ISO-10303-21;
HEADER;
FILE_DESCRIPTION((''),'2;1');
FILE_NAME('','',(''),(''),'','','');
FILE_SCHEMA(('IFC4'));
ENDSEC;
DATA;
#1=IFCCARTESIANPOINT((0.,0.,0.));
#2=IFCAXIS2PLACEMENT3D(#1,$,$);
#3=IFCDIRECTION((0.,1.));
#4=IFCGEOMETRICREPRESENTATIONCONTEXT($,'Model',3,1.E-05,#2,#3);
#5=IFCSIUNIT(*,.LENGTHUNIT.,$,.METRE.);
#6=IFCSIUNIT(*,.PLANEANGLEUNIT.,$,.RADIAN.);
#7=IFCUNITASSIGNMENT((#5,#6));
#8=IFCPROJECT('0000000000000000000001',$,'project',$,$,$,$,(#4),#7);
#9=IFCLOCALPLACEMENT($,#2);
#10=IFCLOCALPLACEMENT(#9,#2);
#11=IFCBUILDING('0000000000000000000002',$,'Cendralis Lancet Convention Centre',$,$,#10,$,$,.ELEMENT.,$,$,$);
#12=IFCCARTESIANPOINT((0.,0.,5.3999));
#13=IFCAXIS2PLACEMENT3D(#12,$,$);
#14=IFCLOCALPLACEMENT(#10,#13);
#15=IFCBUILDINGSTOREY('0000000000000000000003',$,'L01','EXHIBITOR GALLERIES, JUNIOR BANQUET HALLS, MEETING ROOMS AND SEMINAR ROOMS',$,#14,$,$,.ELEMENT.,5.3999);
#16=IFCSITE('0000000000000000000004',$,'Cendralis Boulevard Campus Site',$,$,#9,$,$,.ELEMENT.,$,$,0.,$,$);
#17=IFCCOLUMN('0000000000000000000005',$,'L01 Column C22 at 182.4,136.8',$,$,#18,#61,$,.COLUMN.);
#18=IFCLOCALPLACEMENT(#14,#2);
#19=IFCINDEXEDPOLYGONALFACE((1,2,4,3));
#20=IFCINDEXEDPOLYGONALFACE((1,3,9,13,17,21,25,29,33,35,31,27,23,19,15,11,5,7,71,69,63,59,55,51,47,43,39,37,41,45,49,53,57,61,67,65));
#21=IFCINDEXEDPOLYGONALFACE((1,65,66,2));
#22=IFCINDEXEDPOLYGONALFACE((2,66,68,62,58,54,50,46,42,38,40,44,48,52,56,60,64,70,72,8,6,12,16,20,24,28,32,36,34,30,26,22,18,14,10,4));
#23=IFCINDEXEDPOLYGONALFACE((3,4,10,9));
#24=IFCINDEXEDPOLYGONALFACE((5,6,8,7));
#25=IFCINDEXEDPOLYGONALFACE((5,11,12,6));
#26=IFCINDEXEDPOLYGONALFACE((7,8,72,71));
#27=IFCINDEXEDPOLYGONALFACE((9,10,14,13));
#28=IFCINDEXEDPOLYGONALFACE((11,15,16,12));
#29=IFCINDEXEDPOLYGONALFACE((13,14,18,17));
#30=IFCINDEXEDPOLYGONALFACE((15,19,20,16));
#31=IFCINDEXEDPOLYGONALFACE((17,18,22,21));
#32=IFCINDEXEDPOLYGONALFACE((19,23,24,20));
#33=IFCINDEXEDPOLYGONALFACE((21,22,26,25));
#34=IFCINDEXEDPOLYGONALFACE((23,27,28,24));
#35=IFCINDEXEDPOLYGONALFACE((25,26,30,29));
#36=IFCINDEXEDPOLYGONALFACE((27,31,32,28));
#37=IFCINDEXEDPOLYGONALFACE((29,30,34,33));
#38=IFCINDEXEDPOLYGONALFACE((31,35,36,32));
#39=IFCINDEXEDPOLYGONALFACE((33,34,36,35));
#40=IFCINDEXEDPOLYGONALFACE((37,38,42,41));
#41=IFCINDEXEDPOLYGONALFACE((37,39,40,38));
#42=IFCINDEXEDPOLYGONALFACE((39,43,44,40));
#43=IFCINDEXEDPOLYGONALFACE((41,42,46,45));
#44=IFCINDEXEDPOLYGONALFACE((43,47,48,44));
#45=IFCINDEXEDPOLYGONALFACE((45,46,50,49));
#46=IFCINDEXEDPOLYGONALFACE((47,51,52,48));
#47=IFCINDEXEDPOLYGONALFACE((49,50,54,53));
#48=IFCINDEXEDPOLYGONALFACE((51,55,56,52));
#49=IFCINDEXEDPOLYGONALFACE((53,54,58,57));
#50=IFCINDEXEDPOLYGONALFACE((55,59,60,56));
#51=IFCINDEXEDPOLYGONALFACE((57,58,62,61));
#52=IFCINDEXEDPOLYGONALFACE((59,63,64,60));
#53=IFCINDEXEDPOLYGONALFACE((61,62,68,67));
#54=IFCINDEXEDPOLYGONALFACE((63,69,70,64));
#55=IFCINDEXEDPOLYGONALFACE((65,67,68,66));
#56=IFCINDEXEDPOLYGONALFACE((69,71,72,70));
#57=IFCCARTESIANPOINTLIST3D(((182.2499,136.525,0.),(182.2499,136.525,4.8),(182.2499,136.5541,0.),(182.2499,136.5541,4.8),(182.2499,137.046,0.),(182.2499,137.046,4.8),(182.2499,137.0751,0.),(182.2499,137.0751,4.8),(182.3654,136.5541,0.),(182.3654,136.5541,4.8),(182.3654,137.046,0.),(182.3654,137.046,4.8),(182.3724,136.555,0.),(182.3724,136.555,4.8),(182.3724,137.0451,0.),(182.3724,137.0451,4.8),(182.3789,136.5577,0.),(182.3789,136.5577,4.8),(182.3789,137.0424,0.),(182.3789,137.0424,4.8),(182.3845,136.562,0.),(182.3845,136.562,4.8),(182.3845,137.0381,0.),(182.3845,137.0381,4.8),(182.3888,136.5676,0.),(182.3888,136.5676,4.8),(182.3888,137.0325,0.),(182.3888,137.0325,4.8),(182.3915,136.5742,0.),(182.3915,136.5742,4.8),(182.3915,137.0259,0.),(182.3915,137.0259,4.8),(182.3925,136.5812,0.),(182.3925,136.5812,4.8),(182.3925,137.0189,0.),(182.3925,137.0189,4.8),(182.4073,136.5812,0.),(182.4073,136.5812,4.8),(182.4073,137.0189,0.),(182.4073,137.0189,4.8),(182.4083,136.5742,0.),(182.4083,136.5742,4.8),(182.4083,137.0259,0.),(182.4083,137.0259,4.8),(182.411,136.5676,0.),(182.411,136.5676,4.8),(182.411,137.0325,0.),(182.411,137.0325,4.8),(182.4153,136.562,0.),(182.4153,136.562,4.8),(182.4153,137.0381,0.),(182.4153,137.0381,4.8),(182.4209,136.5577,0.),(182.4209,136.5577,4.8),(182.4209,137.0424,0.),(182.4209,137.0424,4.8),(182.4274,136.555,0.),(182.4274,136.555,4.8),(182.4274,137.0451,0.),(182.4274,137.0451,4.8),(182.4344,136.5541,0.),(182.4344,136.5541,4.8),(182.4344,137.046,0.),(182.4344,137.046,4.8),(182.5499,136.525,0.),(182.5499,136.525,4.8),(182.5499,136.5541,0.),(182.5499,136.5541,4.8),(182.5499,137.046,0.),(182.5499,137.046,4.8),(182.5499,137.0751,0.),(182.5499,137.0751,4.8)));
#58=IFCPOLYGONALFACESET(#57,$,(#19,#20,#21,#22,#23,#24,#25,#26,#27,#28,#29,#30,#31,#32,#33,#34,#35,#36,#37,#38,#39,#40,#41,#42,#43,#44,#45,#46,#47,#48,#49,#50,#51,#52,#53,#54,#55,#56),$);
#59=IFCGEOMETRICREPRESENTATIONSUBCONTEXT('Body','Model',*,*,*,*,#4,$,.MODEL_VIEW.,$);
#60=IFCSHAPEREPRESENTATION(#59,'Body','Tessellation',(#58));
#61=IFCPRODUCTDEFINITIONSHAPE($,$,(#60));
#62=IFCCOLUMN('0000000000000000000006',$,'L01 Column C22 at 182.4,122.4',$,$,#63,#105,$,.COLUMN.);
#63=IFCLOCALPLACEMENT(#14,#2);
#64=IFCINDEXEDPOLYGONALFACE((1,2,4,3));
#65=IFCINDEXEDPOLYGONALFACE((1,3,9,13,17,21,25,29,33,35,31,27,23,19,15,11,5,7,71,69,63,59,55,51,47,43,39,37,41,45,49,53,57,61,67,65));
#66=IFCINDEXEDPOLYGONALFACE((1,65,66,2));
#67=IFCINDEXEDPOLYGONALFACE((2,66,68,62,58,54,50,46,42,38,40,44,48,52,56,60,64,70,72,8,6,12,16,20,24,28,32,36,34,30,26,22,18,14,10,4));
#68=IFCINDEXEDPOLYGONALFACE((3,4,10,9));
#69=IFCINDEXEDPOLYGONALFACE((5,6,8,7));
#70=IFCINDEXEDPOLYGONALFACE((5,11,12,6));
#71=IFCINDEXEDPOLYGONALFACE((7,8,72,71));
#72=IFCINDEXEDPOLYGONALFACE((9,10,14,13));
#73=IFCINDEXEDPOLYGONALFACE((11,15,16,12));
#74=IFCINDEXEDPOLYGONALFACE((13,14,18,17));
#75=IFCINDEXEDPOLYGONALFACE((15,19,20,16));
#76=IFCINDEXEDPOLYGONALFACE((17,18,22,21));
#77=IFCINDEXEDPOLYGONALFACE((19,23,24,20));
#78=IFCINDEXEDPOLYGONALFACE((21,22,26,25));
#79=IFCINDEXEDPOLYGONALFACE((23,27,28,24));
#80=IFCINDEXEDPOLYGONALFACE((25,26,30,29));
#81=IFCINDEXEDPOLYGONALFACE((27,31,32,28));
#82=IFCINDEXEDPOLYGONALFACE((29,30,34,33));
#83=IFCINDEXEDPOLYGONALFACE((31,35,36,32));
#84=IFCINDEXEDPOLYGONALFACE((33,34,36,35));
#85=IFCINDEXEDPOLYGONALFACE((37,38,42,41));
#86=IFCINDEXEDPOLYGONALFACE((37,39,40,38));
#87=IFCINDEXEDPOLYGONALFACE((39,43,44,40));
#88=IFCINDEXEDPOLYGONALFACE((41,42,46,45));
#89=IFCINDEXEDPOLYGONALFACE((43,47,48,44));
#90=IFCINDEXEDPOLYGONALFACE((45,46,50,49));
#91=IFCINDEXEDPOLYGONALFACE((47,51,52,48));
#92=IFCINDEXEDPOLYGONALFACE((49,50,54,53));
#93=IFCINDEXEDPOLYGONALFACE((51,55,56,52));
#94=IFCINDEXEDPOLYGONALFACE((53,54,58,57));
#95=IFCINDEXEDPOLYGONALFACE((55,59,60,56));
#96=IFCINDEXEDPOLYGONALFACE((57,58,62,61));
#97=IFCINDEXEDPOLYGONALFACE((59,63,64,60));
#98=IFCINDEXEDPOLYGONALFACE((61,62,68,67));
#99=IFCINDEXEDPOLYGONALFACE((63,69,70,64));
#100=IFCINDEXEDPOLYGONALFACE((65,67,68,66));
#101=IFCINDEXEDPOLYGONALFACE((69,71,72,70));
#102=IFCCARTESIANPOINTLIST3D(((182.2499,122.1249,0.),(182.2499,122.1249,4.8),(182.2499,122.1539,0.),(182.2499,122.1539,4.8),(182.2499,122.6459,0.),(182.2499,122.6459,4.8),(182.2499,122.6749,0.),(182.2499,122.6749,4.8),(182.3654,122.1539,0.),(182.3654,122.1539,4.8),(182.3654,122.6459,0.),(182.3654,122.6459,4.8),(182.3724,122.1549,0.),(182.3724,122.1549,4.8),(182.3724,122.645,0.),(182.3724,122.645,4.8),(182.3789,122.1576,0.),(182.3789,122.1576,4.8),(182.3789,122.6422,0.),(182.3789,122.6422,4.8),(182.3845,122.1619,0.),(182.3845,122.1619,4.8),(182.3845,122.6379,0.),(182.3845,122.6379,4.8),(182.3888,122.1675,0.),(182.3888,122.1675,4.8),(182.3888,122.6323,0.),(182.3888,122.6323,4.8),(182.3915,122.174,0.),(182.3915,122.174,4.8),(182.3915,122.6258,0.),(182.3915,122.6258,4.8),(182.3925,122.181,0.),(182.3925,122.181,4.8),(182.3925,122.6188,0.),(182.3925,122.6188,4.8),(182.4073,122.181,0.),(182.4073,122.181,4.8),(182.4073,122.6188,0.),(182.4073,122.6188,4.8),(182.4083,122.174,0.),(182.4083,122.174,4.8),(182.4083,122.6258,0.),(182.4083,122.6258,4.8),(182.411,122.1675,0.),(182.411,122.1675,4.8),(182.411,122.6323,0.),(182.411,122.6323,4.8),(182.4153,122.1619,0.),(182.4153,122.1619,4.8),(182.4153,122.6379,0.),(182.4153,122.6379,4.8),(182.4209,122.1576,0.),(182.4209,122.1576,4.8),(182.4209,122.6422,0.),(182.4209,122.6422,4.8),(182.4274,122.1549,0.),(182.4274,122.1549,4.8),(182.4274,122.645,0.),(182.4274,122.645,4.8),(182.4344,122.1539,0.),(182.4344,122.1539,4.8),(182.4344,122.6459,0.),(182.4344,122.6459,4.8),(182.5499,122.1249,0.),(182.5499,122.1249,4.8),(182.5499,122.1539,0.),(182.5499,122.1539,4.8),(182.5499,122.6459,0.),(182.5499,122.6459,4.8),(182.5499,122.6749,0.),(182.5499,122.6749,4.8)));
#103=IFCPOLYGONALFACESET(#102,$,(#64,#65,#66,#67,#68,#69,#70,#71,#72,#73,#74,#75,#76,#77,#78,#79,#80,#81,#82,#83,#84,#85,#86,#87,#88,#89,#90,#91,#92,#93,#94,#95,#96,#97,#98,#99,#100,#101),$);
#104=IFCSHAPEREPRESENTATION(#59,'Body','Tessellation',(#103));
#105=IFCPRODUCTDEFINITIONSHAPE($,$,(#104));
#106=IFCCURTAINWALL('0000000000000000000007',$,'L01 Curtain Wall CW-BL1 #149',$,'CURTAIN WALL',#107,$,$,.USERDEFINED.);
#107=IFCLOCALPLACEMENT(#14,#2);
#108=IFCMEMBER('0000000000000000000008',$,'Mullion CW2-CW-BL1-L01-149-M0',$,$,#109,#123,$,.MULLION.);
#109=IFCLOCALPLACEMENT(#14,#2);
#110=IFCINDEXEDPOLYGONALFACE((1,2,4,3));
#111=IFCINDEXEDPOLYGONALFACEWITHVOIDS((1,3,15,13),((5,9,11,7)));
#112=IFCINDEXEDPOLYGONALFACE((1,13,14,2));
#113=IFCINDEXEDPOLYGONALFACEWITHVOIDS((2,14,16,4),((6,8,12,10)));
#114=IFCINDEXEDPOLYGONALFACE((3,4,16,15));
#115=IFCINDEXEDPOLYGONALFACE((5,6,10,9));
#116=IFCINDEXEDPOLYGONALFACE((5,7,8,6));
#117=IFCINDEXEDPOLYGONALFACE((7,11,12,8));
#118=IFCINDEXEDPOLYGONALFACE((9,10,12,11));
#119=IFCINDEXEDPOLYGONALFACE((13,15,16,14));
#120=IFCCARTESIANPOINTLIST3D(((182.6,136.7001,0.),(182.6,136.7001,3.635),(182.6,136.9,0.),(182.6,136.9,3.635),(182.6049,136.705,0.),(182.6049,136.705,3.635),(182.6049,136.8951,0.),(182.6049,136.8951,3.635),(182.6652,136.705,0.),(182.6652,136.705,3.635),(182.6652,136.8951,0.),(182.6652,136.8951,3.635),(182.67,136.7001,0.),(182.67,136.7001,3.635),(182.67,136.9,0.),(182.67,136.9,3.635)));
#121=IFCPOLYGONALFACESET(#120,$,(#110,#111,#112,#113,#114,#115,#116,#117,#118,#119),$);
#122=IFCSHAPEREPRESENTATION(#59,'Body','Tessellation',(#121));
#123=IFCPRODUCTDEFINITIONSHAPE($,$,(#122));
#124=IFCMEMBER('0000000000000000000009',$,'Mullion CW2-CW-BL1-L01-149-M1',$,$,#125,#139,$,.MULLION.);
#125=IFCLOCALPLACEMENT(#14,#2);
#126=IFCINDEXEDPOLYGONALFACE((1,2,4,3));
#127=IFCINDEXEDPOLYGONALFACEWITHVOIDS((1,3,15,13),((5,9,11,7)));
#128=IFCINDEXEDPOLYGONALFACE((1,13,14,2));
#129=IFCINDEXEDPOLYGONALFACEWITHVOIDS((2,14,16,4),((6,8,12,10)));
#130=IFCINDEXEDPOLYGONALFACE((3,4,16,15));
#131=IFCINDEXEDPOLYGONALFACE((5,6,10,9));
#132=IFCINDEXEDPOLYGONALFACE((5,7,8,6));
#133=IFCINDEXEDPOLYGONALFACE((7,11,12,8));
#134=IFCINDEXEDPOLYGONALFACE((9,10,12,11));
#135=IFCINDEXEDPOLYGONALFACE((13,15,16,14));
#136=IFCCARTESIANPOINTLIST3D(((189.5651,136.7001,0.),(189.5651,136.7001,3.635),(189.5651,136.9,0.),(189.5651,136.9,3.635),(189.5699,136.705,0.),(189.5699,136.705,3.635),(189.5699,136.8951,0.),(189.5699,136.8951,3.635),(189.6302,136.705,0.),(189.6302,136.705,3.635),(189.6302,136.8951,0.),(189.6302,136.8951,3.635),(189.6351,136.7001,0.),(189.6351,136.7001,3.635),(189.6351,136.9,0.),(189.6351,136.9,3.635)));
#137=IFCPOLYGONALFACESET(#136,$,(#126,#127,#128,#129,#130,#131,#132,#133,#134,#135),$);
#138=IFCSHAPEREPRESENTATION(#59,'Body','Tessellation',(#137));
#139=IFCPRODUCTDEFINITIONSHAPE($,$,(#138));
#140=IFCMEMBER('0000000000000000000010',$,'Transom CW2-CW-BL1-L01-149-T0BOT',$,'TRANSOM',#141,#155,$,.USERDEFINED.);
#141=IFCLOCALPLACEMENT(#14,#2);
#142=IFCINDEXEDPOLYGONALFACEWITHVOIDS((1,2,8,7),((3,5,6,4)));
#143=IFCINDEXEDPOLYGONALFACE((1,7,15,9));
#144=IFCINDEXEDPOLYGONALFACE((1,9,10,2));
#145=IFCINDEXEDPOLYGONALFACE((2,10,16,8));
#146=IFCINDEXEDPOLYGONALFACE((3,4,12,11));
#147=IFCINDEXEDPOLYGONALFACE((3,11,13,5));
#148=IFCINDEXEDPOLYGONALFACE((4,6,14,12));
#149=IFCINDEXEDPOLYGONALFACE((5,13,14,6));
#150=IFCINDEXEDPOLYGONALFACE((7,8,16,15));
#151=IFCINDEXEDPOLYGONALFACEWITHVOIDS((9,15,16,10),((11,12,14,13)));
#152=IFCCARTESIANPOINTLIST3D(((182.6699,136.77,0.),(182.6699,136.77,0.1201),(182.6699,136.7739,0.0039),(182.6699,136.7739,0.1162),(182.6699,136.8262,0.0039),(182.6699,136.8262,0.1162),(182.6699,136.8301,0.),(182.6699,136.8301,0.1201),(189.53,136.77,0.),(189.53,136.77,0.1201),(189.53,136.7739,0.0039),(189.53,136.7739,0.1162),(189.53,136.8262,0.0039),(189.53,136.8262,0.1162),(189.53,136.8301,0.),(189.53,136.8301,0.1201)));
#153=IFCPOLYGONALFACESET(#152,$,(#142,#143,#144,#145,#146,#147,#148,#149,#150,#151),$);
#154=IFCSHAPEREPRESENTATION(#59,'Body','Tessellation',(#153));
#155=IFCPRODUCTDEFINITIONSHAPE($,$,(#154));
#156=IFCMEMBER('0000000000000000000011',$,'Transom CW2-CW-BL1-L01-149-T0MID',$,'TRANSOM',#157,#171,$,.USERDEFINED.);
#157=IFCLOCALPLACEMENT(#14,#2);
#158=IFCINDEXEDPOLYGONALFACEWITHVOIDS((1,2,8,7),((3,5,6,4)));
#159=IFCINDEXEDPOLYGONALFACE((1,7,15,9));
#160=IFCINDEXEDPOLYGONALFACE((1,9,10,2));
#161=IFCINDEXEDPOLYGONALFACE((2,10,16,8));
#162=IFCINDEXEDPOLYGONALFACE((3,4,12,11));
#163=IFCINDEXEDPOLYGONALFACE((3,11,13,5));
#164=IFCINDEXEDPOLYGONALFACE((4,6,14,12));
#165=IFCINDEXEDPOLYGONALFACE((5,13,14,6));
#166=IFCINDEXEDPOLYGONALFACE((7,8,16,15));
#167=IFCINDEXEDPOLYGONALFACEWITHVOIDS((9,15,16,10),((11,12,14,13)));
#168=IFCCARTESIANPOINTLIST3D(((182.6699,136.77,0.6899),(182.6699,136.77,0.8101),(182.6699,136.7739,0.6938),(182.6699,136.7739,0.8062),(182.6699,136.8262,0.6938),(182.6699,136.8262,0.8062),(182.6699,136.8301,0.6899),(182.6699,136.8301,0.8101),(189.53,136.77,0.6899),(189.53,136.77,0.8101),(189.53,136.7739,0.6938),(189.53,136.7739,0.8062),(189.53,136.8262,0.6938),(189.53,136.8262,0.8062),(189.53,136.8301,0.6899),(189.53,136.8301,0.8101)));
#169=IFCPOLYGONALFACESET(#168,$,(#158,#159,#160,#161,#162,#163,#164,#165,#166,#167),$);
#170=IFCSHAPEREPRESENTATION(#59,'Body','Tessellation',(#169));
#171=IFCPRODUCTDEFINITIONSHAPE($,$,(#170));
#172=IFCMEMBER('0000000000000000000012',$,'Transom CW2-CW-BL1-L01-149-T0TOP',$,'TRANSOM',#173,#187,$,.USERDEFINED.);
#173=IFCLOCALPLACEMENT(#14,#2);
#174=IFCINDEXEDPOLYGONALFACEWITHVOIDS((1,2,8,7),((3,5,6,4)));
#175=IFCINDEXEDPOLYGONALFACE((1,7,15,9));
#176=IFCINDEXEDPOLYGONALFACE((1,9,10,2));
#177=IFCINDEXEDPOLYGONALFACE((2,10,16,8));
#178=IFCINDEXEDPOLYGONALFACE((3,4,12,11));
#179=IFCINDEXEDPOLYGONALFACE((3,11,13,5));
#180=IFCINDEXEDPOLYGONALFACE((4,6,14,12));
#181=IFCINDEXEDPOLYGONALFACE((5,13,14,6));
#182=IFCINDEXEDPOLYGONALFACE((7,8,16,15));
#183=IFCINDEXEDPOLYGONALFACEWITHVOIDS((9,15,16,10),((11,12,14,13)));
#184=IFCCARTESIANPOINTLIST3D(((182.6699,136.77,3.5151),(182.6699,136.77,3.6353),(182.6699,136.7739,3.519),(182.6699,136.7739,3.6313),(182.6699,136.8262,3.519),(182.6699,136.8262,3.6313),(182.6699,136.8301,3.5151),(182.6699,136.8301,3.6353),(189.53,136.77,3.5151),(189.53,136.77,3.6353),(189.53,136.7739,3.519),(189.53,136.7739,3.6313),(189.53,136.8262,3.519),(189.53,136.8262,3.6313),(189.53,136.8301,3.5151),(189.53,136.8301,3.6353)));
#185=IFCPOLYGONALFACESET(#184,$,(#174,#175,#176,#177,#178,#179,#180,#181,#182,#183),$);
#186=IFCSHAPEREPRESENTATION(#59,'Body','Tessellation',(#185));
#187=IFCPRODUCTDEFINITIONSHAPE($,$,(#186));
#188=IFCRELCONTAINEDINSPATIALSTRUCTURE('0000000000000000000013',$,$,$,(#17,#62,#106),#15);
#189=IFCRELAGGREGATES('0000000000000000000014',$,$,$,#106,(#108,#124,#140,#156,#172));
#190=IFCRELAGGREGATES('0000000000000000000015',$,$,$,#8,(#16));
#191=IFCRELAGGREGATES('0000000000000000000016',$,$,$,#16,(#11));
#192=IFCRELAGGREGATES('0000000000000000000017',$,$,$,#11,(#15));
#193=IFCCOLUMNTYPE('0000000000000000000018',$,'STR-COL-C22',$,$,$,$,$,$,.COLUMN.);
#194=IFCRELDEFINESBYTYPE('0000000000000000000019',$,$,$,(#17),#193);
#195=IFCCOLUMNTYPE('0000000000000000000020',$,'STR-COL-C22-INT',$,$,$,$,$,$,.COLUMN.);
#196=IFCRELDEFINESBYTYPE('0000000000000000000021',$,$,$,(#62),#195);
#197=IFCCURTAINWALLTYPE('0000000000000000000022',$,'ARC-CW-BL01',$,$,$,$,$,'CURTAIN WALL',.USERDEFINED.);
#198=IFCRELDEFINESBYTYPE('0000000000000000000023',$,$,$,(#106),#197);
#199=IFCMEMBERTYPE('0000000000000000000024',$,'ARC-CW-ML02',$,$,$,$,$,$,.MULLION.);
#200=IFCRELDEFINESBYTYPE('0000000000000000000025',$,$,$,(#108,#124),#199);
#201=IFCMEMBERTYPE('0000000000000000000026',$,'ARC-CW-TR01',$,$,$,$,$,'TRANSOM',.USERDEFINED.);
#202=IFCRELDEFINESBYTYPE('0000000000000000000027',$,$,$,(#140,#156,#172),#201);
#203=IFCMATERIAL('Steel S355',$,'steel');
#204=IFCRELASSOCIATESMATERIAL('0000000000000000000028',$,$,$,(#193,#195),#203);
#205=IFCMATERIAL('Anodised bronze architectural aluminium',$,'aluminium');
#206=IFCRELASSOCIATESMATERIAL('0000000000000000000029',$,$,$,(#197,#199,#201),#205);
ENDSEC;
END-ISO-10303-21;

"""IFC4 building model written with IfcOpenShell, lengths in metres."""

from ifc_helpers import new_model, si_unit, direction, frame, origin, origin_2d, place, context, subcontext, project, spatial, hollow_rectangle, i_section, extrude, material, material_profile, profile_set, type_object, element, aggregate, save


model = new_model("IFC4")

# Units and contexts
model_context = context("Model", 3, precision=1e-05, world=origin(), true_north=direction((0.0, 1.0)))
body_context = subcontext(model_context, "Body", "Model", "MODEL_VIEW")
ifc_project = project(units=[si_unit("LENGTHUNIT", "METRE"), si_unit("PLANEANGLEUNIT", "RADIAN")], contexts=[model_context])

# Site, building, storey
site_placement = place(None, origin())
site = spatial("IfcSite", under=ifc_project, at=site_placement, Name="Cendralis Boulevard Campus Site", CompositionType="ELEMENT", RefElevation=0.0)
building_placement = place(site_placement, origin())
building = spatial("IfcBuilding", under=site, at=building_placement, Name="Cendralis Lancet Convention Centre", CompositionType="ELEMENT")
storey_placement = place(building_placement, frame((0.0, 0.0, 5.3999)))
storey = spatial("IfcBuildingStorey", under=building, at=storey_placement, Name="L01", Description="EXHIBITOR GALLERIES, JUNIOR BANQUET HALLS, MEETING ROOMS AND SEMINAR ROOMS", CompositionType="ELEMENT", Elevation=5.3999)

# Columns
ifc_material_1 = material(Name="Steel S355", Category="steel")
ifc_material_profile_1 = material_profile(ifc_material_1, i_section(OverallWidth=0.3, OverallDepth=0.55, WebThickness=0.0149, FlangeThickness=0.0291, FilletRadius=0.0271, at=origin_2d()), Name="HEB 550")
ifc_profile_set_1 = profile_set([ifc_material_profile_1], Name="Steel S355")
column_type_1 = type_object("IfcColumnType", Name="STR-COL-C22", PredefinedType="COLUMN", material=ifc_profile_set_1)
column_1_placement = place(storey_placement, frame((182.3999, 136.8, 0.0), z_axis=(0.0, 0.0, 1.0), x_axis=(1.0, 0.0, 0.0)))
element("IfcColumn", 1, at=column_1_placement, inside=storey, type_object=column_type_1, Name="L01 Column C22 at 182.4,136.8", PredefinedType="COLUMN", context=body_context, shape_type="SweptSolid", body=[
    extrude(i_section(OverallWidth=0.3, OverallDepth=0.55, WebThickness=0.0149, FlangeThickness=0.0291, FilletRadius=0.0271, at=origin_2d()), origin(), (0.0, 0.0, 1.0), 4.8),
])
ifc_material_profile_2 = material_profile(ifc_material_1, i_section(OverallWidth=0.3, OverallDepth=0.55, WebThickness=0.0149, FlangeThickness=0.0291, FilletRadius=0.0271, at=origin_2d()), Name="HEB 550")
ifc_profile_set_2 = profile_set([ifc_material_profile_2], Name="Steel S355")
column_type_2 = type_object("IfcColumnType", Name="STR-COL-C22-INT", PredefinedType="COLUMN", material=ifc_profile_set_2)
column_2_placement = place(storey_placement, frame((182.3999, 122.3999, 0.0), z_axis=(0.0, 0.0, 1.0), x_axis=(1.0, 0.0, 0.0)))
element("IfcColumn", 2, at=column_2_placement, inside=storey, type_object=column_type_2, Name="L01 Column C22 at 182.4,122.4", PredefinedType="COLUMN", context=body_context, shape_type="SweptSolid", body=[
    extrude(i_section(OverallWidth=0.3, OverallDepth=0.55, WebThickness=0.0149, FlangeThickness=0.0291, FilletRadius=0.0271, at=origin_2d()), origin(), (0.0, 0.0, 1.0), 4.8),
])

# Curtain wall, members
ifc_material_2 = material(Name="Anodised bronze architectural aluminium", Category="aluminium")
curtain_wall_type = type_object("IfcCurtainWallType", Name="ARC-CW-BL01", ElementType="CURTAIN WALL", PredefinedType="USERDEFINED", material=ifc_material_2)
curtain_wall_placement = place(storey_placement, origin())
curtain_wall = element("IfcCurtainWall", 3, at=curtain_wall_placement, inside=storey, type_object=curtain_wall_type, Name="L01 Curtain Wall CW-BL1 #149", ObjectType="CURTAIN WALL", PredefinedType="USERDEFINED")
ifc_material_profile_3 = material_profile(ifc_material_2, hollow_rectangle(XDim=0.0701, YDim=0.2, WallThickness=0.0049, at=origin_2d()), Name="AL-MULL 70x200x5.0")
ifc_profile_set_3 = profile_set([ifc_material_profile_3], Name="Anodised bronze architectural aluminium")
member_type_1 = type_object("IfcMemberType", Name="ARC-CW-ML02", PredefinedType="MULLION", material=ifc_profile_set_3)
member_1_placement = place(storey_placement, frame((182.635, 136.8, 0.0), z_axis=(0.0, 0.0, 1.0), x_axis=(1.0, 0.0, 0.0)))
member_1 = element("IfcMember", 4, at=member_1_placement, type_object=member_type_1, Name="Mullion CW2-CW-BL1-L01-149-M0", PredefinedType="MULLION", context=body_context, shape_type="SweptSolid", body=[
    extrude(hollow_rectangle(XDim=0.0701, YDim=0.2, WallThickness=0.0049, at=origin_2d()), origin(), (0.0, 0.0, 1.0), 3.635),
])
member_2_placement = place(storey_placement, frame((189.6001, 136.8, 0.0), z_axis=(0.0, 0.0, 1.0), x_axis=(1.0, 0.0, 0.0)))
member_2 = element("IfcMember", 5, at=member_2_placement, type_object=member_type_1, Name="Mullion CW2-CW-BL1-L01-149-M1", PredefinedType="MULLION", context=body_context, shape_type="SweptSolid", body=[
    extrude(hollow_rectangle(XDim=0.0701, YDim=0.2, WallThickness=0.0049, at=origin_2d()), origin(), (0.0, 0.0, 1.0), 3.635),
])
ifc_material_profile_4 = material_profile(ifc_material_2, hollow_rectangle(XDim=0.0601, YDim=0.1201, WallThickness=0.0039, at=origin_2d()), Name="AL-TRAN 60x120x4.0")
ifc_profile_set_4 = profile_set([ifc_material_profile_4], Name="Anodised bronze architectural aluminium")
member_type_2 = type_object("IfcMemberType", Name="ARC-CW-TR01", ElementType="TRANSOM", PredefinedType="USERDEFINED", material=ifc_profile_set_4)
member_3_placement = place(storey_placement, frame((182.6699, 136.8, 0.0601), z_axis=(1.0, 0.0, 0.0), x_axis=(0.0, 1.0, 0.0)))
member_3 = element("IfcMember", 6, at=member_3_placement, type_object=member_type_2, Name="Transom CW2-CW-BL1-L01-149-T0BOT", ObjectType="TRANSOM", PredefinedType="USERDEFINED", context=body_context, shape_type="SweptSolid", body=[
    extrude(hollow_rectangle(XDim=0.0601, YDim=0.1201, WallThickness=0.0039, at=origin_2d()), origin(), (0.0, 0.0, 1.0), 6.8601),
])
member_4_placement = place(storey_placement, frame((182.6699, 136.8, 0.75), z_axis=(1.0, 0.0, 0.0), x_axis=(0.0, 1.0, 0.0)))
member_4 = element("IfcMember", 7, at=member_4_placement, type_object=member_type_2, Name="Transom CW2-CW-BL1-L01-149-T0MID", ObjectType="TRANSOM", PredefinedType="USERDEFINED", context=body_context, shape_type="SweptSolid", body=[
    extrude(hollow_rectangle(XDim=0.0601, YDim=0.1201, WallThickness=0.0039, at=origin_2d()), origin(), (0.0, 0.0, 1.0), 6.8601),
])
member_5_placement = place(storey_placement, frame((182.6699, 136.8, 3.5752), z_axis=(1.0, 0.0, 0.0), x_axis=(0.0, 1.0, 0.0)))
member_5 = element("IfcMember", 8, at=member_5_placement, type_object=member_type_2, Name="Transom CW2-CW-BL1-L01-149-T0TOP", ObjectType="TRANSOM", PredefinedType="USERDEFINED", context=body_context, shape_type="SweptSolid", body=[
    extrude(hollow_rectangle(XDim=0.0601, YDim=0.1201, WallThickness=0.0039, at=origin_2d()), origin(), (0.0, 0.0, 1.0), 6.8601),
])

aggregate(curtain_wall, [member_1, member_2, member_3, member_4, member_5])

save(model, "model.ifc")
